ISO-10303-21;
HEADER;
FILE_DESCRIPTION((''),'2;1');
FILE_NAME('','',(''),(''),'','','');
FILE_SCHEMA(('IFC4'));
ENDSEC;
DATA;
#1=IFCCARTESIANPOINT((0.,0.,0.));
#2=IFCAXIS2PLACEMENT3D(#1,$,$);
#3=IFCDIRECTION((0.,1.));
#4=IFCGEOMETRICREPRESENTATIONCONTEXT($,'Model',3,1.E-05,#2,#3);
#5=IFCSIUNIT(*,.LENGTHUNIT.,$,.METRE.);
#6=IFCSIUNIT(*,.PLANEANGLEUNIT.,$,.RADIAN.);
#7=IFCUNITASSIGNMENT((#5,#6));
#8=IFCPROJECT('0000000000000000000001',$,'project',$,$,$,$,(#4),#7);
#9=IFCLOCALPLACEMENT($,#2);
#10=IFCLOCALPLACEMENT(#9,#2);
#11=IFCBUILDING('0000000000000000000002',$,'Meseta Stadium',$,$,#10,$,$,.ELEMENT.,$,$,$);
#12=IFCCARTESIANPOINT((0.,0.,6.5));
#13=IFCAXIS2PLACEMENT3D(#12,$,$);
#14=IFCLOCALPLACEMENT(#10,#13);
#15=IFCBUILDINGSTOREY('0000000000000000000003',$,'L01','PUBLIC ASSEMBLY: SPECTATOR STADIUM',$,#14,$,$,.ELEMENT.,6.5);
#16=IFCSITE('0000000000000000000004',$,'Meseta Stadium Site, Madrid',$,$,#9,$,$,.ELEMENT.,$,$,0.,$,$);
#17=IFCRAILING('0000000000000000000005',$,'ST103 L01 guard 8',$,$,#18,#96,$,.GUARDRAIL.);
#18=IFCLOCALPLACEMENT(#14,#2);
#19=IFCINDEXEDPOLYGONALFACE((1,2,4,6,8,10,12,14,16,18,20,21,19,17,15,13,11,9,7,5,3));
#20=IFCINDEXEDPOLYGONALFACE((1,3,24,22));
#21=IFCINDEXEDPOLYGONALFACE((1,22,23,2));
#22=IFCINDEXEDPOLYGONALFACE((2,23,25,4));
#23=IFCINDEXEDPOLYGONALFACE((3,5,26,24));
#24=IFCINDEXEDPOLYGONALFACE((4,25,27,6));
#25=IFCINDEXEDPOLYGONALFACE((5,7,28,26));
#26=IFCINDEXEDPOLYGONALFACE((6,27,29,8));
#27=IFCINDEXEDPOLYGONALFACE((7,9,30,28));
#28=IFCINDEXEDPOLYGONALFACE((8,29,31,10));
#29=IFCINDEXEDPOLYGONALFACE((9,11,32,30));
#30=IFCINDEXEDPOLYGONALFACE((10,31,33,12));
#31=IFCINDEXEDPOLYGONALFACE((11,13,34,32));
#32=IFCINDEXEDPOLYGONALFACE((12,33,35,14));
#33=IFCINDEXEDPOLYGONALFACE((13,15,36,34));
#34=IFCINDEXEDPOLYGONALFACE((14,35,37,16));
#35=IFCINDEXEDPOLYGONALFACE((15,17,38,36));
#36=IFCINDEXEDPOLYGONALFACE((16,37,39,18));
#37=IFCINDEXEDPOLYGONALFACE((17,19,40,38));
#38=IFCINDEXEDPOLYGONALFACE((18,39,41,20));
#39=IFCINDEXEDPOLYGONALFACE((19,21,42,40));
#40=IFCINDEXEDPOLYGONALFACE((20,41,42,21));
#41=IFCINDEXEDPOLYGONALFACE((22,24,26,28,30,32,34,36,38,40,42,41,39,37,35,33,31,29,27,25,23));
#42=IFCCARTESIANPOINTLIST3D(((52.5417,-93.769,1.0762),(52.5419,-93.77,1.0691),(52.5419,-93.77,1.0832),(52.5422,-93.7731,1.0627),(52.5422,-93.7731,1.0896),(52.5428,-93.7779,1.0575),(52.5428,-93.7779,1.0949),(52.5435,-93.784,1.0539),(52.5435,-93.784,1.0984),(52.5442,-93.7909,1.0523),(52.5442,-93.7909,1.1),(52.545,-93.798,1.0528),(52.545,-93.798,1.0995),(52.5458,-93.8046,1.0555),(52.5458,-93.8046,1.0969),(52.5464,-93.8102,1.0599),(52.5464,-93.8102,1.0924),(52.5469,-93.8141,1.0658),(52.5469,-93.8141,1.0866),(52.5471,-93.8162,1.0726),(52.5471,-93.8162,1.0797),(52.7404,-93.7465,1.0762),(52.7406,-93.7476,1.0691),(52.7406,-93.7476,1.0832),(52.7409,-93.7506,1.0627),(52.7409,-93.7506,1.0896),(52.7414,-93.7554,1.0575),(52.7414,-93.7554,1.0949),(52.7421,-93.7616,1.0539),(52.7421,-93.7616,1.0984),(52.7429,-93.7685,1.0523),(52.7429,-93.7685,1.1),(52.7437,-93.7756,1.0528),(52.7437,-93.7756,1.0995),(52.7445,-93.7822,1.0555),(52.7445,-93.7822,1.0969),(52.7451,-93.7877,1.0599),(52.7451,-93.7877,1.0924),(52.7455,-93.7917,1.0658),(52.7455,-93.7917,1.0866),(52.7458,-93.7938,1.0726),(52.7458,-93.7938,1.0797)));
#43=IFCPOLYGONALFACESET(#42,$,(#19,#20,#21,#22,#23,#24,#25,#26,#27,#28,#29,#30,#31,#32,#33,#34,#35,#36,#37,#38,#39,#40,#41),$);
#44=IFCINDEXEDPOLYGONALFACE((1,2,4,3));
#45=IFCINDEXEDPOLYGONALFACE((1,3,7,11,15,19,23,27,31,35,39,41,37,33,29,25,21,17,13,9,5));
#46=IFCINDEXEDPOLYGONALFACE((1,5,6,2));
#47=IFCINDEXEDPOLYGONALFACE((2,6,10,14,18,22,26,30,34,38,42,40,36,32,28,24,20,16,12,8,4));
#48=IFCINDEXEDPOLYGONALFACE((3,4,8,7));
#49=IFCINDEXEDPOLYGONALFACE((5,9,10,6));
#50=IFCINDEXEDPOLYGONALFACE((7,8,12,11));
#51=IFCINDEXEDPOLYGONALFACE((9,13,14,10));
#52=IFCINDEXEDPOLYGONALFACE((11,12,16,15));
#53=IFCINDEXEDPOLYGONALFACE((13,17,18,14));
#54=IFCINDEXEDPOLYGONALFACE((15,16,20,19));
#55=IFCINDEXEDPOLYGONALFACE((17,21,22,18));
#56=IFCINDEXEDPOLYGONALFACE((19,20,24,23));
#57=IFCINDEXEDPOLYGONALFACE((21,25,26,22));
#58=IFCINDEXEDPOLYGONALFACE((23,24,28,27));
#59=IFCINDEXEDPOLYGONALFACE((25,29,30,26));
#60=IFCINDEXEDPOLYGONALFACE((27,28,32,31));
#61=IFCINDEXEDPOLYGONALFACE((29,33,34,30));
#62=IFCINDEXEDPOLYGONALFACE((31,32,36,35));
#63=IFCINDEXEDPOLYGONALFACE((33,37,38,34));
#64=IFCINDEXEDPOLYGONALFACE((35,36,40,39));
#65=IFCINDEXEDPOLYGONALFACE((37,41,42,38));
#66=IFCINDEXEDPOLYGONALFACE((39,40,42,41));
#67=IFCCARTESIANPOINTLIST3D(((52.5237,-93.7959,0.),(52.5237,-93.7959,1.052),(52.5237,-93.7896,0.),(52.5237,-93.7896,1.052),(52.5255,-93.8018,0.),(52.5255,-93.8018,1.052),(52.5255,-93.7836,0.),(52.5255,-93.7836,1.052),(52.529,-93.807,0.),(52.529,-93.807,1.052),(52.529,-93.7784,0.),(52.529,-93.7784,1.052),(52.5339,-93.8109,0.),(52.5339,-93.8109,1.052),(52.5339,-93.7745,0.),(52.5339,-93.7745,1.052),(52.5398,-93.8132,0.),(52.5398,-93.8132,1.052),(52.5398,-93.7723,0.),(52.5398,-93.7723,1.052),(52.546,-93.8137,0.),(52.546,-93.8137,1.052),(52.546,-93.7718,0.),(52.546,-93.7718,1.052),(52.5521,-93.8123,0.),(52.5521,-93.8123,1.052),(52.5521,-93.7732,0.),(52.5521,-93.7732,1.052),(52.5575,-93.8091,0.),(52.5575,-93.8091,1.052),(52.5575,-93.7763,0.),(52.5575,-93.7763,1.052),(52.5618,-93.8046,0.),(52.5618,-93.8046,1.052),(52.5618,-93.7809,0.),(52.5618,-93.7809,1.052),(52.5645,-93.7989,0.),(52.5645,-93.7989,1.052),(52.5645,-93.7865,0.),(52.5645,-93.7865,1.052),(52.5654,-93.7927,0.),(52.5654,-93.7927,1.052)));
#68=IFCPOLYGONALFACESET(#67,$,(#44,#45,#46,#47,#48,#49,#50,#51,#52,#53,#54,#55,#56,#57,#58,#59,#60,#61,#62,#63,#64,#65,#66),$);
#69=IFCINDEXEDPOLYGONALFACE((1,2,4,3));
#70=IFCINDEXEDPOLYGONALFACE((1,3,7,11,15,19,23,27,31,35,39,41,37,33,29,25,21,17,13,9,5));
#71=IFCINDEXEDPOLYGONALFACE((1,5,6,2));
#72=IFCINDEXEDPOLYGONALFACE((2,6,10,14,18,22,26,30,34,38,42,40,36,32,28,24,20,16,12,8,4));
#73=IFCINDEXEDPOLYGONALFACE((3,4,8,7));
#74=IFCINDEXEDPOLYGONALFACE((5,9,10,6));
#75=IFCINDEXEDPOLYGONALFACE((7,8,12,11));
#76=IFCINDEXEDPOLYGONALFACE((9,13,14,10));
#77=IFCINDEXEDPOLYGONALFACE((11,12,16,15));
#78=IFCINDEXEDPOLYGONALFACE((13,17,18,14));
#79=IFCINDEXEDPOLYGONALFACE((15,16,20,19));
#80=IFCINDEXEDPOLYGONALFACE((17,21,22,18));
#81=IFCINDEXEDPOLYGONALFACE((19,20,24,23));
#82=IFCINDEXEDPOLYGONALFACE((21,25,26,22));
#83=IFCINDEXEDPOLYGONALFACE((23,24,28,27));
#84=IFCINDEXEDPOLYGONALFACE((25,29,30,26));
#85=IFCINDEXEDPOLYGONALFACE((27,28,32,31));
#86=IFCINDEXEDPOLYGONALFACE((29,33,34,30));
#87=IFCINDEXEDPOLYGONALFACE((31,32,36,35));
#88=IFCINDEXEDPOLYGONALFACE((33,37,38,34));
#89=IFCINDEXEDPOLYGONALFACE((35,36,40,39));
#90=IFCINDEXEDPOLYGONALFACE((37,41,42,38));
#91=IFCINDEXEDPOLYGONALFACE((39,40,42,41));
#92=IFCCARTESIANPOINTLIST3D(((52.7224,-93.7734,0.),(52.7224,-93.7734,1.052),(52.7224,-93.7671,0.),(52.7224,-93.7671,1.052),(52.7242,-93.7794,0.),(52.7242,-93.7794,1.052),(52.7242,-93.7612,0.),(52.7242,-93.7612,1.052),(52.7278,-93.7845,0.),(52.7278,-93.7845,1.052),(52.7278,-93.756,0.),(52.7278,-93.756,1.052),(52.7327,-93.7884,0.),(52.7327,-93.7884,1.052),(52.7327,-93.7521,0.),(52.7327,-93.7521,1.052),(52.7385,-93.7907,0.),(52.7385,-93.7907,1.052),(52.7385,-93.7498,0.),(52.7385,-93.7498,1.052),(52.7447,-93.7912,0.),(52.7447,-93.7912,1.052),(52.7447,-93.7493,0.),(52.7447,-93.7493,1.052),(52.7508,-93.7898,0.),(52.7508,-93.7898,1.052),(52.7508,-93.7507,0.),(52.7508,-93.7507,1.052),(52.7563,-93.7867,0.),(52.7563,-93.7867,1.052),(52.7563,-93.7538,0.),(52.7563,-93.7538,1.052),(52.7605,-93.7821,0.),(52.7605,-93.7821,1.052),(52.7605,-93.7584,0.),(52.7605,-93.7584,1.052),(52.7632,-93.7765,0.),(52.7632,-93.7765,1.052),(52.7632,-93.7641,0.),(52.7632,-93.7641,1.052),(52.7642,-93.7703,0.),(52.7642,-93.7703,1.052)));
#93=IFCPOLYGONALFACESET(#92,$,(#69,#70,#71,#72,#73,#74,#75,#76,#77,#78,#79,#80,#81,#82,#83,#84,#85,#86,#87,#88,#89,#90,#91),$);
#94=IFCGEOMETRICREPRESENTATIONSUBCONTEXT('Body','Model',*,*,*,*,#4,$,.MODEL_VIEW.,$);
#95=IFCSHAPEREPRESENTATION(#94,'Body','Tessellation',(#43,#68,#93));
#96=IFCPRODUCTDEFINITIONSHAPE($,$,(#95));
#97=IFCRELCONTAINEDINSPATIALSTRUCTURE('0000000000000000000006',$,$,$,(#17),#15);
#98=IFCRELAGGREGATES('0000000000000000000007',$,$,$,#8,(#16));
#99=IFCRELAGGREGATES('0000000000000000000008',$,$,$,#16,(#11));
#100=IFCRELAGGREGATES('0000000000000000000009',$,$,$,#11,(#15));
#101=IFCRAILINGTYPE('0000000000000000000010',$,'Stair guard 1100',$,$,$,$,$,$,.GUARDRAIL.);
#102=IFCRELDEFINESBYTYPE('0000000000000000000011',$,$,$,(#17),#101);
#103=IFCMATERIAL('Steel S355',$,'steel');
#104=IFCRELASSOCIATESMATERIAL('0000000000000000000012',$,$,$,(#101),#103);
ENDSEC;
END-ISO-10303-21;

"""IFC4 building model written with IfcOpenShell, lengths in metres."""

from ifc_helpers import new_model, si_unit, direction, frame, origin, origin_2d, place, context, subcontext, project, spatial, circle, extrude, material, type_object, element, save


model = new_model("IFC4")

# Units and contexts
model_context = context("Model", 3, precision=1e-05, world=origin(), true_north=direction((0.0, 1.0)))
body_context = subcontext(model_context, "Body", "Model", "MODEL_VIEW")
ifc_project = project(units=[si_unit("LENGTHUNIT", "METRE"), si_unit("PLANEANGLEUNIT", "RADIAN")], contexts=[model_context])

# Site, building, storey
site_placement = place(None, origin())
site = spatial("IfcSite", under=ifc_project, at=site_placement, Name="Meseta Stadium Site, Madrid", CompositionType="ELEMENT", RefElevation=0.0)
building_placement = place(site_placement, origin())
building = spatial("IfcBuilding", under=site, at=building_placement, Name="Meseta Stadium", CompositionType="ELEMENT")
storey_placement = place(building_placement, frame((0.0, 0.0, 6.5)))
storey = spatial("IfcBuildingStorey", under=building, at=storey_placement, Name="L01", Description="PUBLIC ASSEMBLY: SPECTATOR STADIUM", CompositionType="ELEMENT", Elevation=6.5)

# Railing
ifc_material_1 = material(Name="Steel S355", Category="steel")
railing_type_1 = type_object("IfcRailingType", Name="Stair guard 1100", PredefinedType="GUARDRAIL", material=ifc_material_1)
railing_1_placement = place(storey_placement, frame((52.5444, -93.7927, 0.0)))
element("IfcRailing", 1, at=railing_1_placement, inside=storey, type_object=railing_type_1, Name="ST103 L01 guard 8", PredefinedType="GUARDRAIL", context=body_context, shape_type="SweptSolid", body=[
    extrude(circle(Radius=0.0239, at=origin_2d()), frame((0.0, 0.0, 1.0762), z_axis=(0.993674, 0.112307, 0.0), x_axis=(-0.112307, 0.993674, 0.0)), (0.0, 0.0, 1.0), 0.2),
    extrude(circle(Radius=0.021, at=origin_2d()), origin(), (0.0, 0.0, 1.0), 1.052),
    extrude(circle(Radius=0.021, at=origin_2d()), frame((0.1987, 0.0225, 0.0)), (0.0, 0.0, 1.0), 1.052),
])

save(model, "model.ifc")
